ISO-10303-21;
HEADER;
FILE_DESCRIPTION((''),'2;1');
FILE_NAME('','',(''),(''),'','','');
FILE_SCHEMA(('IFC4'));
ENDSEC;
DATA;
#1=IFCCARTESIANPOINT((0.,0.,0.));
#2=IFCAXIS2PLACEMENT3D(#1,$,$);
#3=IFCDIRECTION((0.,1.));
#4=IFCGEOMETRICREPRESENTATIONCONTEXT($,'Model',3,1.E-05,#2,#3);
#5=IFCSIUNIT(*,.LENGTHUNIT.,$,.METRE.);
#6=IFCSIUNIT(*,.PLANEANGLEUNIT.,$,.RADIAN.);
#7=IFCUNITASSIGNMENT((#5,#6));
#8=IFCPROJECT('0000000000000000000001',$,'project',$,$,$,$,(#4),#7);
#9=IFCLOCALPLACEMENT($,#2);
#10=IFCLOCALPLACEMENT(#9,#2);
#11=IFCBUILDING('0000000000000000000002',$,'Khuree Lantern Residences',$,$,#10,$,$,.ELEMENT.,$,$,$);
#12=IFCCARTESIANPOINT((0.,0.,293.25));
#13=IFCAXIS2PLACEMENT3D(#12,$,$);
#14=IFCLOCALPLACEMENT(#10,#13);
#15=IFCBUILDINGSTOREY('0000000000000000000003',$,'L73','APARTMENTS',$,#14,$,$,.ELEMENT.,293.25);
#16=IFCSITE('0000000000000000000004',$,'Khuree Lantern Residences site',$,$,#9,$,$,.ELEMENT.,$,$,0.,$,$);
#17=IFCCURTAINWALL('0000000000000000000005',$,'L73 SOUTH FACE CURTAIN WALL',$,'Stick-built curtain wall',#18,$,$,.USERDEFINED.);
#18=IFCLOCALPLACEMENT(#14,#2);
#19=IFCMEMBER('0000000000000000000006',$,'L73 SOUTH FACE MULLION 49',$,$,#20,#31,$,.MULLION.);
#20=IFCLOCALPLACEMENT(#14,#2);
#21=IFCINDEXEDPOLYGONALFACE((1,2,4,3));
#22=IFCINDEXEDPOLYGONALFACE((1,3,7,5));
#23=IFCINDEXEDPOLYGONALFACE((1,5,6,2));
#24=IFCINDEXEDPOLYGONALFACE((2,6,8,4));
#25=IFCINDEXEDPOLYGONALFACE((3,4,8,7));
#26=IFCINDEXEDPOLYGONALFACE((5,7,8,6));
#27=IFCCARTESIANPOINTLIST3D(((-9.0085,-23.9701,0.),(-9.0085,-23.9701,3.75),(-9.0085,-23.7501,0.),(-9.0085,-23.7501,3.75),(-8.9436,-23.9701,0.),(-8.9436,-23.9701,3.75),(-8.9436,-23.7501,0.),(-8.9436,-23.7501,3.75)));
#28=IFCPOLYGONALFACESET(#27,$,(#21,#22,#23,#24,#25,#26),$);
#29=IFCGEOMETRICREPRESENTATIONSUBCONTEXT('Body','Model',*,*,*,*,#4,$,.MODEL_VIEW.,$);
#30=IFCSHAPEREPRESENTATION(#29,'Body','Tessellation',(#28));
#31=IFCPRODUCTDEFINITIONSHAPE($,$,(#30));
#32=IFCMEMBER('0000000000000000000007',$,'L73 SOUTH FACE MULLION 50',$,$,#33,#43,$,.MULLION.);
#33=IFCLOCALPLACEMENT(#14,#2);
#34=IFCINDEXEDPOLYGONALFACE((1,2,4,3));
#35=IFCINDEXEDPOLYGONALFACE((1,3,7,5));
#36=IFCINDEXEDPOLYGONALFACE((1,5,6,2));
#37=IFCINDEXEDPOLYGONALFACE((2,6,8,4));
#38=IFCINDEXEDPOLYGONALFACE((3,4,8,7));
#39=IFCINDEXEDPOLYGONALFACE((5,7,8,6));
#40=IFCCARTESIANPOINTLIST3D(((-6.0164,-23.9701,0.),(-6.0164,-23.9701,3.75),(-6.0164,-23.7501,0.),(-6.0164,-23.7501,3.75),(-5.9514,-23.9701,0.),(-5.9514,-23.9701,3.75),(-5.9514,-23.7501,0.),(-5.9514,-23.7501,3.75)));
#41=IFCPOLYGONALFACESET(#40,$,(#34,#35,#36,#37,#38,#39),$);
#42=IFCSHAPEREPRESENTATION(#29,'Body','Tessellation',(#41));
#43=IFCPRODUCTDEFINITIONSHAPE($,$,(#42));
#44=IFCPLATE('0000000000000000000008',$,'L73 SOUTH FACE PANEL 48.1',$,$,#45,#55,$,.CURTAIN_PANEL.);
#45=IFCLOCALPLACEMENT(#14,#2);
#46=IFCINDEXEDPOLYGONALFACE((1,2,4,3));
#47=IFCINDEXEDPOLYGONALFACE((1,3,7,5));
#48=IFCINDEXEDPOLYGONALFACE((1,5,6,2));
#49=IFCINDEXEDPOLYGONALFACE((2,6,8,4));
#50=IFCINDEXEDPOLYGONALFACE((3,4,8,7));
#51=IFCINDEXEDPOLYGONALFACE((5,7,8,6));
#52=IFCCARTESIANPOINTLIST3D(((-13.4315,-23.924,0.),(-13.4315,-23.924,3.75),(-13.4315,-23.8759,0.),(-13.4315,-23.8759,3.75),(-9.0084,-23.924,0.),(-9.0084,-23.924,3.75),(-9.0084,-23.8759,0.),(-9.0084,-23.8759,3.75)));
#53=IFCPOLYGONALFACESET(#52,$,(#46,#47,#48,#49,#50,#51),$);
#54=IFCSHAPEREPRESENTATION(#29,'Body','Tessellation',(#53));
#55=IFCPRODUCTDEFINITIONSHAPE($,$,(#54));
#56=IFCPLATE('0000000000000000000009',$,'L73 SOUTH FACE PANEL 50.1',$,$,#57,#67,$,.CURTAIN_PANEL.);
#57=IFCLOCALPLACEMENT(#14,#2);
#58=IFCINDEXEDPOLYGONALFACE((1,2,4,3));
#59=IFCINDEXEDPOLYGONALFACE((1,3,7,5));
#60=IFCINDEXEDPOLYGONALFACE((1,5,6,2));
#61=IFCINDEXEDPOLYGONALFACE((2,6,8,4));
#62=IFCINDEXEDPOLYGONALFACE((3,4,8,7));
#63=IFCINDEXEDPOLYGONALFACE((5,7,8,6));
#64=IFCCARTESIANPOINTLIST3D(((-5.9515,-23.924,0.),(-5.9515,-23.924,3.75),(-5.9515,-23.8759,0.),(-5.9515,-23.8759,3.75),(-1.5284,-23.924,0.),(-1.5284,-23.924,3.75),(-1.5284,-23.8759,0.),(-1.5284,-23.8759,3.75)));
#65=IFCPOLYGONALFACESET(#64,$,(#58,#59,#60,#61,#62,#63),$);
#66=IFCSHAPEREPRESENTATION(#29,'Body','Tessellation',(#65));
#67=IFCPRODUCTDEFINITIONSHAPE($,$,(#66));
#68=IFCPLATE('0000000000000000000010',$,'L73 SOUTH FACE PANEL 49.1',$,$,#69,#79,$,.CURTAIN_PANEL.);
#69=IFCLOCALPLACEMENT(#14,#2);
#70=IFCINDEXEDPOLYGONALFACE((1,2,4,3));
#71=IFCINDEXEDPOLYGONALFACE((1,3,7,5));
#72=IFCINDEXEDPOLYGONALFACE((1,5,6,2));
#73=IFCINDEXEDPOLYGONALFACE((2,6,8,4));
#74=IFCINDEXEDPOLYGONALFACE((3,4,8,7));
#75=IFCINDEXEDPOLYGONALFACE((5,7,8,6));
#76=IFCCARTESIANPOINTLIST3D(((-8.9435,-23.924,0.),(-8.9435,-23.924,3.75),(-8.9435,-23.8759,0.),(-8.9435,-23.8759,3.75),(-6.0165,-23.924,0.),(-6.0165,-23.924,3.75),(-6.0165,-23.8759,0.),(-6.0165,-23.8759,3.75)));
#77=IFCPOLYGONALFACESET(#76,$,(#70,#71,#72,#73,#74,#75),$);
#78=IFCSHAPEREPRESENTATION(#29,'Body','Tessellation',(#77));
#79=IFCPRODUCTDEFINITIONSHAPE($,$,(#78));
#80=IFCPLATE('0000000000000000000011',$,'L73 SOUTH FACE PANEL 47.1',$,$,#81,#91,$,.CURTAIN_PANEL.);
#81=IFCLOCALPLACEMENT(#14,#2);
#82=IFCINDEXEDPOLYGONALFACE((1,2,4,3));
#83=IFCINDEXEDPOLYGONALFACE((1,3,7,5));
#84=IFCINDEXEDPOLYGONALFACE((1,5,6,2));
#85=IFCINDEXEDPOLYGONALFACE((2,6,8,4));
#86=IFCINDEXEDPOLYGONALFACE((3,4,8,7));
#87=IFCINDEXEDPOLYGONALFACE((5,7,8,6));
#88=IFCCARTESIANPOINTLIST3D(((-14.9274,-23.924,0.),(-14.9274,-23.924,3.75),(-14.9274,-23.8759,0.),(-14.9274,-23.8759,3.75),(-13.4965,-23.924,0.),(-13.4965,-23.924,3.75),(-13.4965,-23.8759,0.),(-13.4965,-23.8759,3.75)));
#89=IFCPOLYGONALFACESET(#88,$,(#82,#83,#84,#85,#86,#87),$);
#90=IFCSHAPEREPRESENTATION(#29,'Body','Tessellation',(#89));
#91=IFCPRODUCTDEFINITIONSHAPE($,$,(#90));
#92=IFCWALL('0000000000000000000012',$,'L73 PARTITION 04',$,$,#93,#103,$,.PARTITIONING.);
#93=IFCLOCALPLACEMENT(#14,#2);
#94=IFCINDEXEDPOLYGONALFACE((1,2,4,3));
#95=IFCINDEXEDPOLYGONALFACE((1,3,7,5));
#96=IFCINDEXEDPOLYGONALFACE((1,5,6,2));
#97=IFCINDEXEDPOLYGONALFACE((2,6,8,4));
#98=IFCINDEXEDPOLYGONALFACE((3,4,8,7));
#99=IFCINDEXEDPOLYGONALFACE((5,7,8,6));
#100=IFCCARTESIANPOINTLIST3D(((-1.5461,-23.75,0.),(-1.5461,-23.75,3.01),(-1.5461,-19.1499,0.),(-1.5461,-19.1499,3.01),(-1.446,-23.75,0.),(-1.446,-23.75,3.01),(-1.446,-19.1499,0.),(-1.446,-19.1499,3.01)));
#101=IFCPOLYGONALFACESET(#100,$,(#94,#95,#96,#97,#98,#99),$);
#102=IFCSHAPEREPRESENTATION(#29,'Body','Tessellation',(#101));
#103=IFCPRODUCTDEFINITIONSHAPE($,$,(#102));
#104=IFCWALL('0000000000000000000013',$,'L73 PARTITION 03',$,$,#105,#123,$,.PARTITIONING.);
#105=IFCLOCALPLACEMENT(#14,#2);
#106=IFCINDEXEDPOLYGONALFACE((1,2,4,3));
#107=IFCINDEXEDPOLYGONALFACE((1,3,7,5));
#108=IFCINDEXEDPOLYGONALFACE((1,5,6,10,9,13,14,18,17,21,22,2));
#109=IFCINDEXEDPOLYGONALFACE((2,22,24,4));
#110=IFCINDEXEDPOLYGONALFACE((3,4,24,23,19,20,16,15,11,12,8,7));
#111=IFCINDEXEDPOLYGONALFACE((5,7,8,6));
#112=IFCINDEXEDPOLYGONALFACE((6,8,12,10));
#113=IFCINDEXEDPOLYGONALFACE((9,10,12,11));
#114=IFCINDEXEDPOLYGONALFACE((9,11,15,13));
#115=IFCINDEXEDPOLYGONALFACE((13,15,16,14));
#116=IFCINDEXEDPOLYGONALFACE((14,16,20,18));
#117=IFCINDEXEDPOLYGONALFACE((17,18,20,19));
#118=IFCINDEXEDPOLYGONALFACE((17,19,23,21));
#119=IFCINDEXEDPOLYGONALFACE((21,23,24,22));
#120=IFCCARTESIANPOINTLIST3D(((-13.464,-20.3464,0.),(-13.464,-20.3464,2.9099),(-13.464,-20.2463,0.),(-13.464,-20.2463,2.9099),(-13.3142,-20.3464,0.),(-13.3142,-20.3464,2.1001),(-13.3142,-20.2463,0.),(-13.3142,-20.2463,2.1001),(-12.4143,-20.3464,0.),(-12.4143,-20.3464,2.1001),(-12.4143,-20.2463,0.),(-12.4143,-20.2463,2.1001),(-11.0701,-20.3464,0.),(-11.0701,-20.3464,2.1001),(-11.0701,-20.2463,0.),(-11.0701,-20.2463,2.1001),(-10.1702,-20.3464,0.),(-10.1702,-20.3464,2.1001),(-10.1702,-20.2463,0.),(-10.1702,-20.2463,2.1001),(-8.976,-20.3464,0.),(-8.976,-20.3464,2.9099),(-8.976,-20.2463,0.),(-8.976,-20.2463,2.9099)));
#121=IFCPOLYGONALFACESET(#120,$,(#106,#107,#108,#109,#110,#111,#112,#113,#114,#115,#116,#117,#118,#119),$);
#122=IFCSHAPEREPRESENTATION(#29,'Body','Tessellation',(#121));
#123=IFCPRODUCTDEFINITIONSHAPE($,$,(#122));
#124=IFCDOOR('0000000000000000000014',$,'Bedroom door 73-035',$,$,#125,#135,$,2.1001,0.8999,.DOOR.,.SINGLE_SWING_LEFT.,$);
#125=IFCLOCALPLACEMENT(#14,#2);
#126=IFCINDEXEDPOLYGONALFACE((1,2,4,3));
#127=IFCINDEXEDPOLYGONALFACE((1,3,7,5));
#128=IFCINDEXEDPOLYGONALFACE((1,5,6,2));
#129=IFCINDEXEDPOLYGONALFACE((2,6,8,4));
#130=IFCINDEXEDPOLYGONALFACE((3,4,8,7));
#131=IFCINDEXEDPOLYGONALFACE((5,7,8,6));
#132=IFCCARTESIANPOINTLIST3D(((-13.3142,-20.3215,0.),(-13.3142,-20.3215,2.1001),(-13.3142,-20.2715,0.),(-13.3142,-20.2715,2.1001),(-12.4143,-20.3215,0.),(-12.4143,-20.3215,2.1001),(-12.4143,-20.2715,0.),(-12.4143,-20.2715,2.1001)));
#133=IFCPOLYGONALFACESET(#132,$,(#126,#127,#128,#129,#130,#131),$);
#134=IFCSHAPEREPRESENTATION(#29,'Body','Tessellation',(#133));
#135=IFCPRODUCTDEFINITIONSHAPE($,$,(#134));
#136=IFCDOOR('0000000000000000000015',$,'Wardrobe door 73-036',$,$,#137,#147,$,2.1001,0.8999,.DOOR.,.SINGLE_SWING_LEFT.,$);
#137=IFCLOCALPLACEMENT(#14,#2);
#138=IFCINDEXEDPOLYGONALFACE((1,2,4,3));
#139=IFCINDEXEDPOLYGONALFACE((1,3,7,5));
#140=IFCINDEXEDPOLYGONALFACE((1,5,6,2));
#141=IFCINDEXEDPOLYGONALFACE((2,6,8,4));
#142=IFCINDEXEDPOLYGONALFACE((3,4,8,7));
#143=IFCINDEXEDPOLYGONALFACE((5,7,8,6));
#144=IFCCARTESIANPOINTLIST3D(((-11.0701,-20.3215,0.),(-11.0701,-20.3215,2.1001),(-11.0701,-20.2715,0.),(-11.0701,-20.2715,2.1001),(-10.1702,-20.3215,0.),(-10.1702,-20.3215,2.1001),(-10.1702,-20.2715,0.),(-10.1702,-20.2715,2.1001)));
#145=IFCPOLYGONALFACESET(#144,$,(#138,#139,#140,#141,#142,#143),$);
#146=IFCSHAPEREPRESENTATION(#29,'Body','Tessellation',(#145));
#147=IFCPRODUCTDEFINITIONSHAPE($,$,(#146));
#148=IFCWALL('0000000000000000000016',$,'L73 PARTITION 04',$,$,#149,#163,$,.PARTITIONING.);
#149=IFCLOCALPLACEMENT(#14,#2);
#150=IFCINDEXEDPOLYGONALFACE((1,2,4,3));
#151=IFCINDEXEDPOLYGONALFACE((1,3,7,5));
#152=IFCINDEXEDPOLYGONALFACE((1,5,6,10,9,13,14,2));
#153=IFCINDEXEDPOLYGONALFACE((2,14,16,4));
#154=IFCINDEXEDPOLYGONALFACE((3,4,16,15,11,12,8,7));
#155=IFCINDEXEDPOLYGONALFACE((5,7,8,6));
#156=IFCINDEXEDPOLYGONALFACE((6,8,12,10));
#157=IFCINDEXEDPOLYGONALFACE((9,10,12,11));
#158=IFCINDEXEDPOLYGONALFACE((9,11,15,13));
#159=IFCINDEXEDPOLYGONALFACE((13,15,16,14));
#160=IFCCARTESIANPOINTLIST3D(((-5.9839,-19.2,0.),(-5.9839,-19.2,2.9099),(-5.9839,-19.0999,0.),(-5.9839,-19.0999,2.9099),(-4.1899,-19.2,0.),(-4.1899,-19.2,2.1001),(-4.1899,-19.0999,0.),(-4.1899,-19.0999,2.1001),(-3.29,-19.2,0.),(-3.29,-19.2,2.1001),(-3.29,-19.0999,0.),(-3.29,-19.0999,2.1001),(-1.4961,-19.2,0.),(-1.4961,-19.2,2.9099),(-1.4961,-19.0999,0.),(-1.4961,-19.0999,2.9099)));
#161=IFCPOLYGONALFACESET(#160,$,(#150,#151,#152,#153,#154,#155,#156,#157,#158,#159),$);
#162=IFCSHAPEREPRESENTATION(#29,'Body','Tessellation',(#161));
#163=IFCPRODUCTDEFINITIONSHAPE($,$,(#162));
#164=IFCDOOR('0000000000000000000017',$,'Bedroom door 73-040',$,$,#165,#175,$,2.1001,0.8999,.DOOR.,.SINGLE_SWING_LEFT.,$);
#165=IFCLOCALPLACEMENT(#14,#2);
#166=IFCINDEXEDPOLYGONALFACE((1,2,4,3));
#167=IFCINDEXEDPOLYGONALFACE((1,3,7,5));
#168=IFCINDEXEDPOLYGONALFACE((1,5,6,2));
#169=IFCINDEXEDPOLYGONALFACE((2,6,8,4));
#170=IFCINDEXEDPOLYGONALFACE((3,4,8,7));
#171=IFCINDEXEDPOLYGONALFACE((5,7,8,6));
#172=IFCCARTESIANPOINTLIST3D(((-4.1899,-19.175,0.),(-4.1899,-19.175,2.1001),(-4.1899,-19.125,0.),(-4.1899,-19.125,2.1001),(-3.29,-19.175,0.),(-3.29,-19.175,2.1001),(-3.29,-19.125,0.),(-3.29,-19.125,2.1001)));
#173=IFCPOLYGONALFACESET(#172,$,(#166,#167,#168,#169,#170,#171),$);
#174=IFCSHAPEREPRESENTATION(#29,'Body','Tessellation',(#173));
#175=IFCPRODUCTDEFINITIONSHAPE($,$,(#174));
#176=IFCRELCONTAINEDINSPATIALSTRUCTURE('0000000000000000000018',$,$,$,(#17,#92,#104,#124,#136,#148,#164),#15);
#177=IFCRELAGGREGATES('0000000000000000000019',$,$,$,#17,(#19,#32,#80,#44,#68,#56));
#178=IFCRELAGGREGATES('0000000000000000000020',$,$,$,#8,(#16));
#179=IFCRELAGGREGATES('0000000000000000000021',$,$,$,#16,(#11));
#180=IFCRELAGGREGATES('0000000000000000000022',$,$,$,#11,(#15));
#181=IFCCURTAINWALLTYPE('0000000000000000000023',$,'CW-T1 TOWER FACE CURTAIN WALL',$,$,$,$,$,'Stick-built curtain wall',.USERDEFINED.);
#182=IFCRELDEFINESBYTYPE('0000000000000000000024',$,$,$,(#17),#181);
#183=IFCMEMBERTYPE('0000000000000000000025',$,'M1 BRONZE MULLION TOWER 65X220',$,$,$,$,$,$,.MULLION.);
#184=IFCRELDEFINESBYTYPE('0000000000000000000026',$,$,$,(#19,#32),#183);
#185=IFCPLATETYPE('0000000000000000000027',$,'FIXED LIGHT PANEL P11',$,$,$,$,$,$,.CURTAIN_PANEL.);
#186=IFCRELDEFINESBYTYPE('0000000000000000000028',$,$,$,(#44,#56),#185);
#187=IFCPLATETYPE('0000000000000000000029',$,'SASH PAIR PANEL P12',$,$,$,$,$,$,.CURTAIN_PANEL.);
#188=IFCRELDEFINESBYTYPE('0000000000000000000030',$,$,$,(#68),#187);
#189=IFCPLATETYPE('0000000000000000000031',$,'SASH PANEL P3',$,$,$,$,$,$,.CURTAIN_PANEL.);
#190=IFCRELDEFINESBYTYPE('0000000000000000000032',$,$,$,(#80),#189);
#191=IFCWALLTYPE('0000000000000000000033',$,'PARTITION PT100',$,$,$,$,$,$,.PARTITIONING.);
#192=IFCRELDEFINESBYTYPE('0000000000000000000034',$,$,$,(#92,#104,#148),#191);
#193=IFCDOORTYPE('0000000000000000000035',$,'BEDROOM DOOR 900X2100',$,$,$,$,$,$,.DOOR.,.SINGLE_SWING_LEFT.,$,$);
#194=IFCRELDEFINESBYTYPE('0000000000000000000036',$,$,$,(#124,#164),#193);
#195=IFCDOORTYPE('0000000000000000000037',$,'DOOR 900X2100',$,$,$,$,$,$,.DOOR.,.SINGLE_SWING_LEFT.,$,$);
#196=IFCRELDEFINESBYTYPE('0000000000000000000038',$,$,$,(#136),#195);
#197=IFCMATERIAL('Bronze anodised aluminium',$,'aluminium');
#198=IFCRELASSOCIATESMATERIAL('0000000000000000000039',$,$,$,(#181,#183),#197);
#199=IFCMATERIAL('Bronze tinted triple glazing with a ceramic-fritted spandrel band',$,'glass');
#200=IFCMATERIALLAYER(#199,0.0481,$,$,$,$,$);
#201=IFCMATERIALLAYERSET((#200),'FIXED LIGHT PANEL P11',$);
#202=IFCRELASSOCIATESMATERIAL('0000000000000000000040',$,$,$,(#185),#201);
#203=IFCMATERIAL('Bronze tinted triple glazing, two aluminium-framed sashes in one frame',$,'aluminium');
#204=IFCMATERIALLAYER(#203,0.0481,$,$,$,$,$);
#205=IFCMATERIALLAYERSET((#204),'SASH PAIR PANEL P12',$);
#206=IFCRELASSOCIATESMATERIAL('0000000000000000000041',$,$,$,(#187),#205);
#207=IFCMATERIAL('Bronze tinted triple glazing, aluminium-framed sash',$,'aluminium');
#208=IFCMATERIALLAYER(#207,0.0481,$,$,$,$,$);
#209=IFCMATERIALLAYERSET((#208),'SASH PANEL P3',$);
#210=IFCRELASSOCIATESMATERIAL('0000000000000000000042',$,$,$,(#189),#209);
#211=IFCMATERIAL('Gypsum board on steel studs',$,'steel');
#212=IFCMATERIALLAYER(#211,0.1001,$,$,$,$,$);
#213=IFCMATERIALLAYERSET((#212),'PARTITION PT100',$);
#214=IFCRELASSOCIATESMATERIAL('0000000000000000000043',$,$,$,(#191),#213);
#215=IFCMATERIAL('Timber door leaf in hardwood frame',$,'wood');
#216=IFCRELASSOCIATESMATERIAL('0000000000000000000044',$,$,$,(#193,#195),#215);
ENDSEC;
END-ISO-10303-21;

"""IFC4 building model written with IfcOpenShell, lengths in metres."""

from ifc_helpers import new_model, si_unit, direction, frame, frame_2d, origin, origin_2d, place, context, subcontext, project, spatial, rectangle, extrude, material, layer, layer_set, material_profile, profile_set, type_object, element, fill, aggregate, save


model = new_model("IFC4")

# Units and contexts
model_context = context("Model", 3, precision=1e-05, world=origin(), true_north=direction((0.0, 1.0)))
body_context = subcontext(model_context, "Body", "Model", "MODEL_VIEW")
ifc_project = project(units=[si_unit("LENGTHUNIT", "METRE"), si_unit("PLANEANGLEUNIT", "RADIAN")], contexts=[model_context])

# Site, building, storey
site_placement = place(None, origin())
site = spatial("IfcSite", under=ifc_project, at=site_placement, Name="Khuree Lantern Residences site", CompositionType="ELEMENT", RefElevation=0.0)
building_placement = place(site_placement, origin())
building = spatial("IfcBuilding", under=site, at=building_placement, Name="Khuree Lantern Residences", CompositionType="ELEMENT")
storey_placement = place(building_placement, frame((0.0, 0.0, 293.25)))
storey = spatial("IfcBuildingStorey", under=building, at=storey_placement, Name="L73", Description="APARTMENTS", CompositionType="ELEMENT", Elevation=293.25)

# Curtain wall
ifc_material_1 = material(Name="Bronze anodised aluminium", Category="aluminium")
curtain_wall_type = type_object("IfcCurtainWallType", Name="CW-T1 TOWER FACE CURTAIN WALL", ElementType="Stick-built curtain wall", PredefinedType="USERDEFINED", material=ifc_material_1)
curtain_wall_placement = place(storey_placement, origin())
curtain_wall = element("IfcCurtainWall", 1, at=curtain_wall_placement, inside=storey, type_object=curtain_wall_type, Name="L73 SOUTH FACE CURTAIN WALL", ObjectType="Stick-built curtain wall", PredefinedType="USERDEFINED")

# Members
ifc_material_profile_1 = material_profile(ifc_material_1, rectangle(XDim=0.0649, YDim=0.22, at=origin_2d()), Name="M1 65X220")
ifc_profile_set_1 = profile_set([ifc_material_profile_1], Name="Bronze anodised aluminium")
member_type_1 = type_object("IfcMemberType", Name="M1 BRONZE MULLION TOWER 65X220", PredefinedType="MULLION", material=ifc_profile_set_1)
member_1_placement = place(storey_placement, frame((-8.9761, -23.8601, 0.0), z_axis=(0.0, 0.0, 1.0), x_axis=(1.0, 0.0, 0.0)))
member_1 = element("IfcMember", 2, at=member_1_placement, type_object=member_type_1, Name="L73 SOUTH FACE MULLION 49", PredefinedType="MULLION", context=body_context, shape_type="SweptSolid", body=[
    extrude(rectangle(XDim=0.0649, YDim=0.22, at=origin_2d()), origin(), (0.0, 0.0, 1.0), 3.75),
])
member_2_placement = place(storey_placement, frame((-5.9839, -23.8601, 0.0), z_axis=(0.0, 0.0, 1.0), x_axis=(1.0, 0.0, 0.0)))
member_2 = element("IfcMember", 3, at=member_2_placement, type_object=member_type_1, Name="L73 SOUTH FACE MULLION 50", PredefinedType="MULLION", context=body_context, shape_type="SweptSolid", body=[
    extrude(rectangle(XDim=0.0649, YDim=0.22, at=origin_2d()), origin(), (0.0, 0.0, 1.0), 3.75),
])

# Plates
ifc_material_2 = material(Name="Bronze tinted triple glazing with a ceramic-fritted spandrel band", Category="glass")
ifc_layer_1 = layer(ifc_material_2, 0.0481)
ifc_layer_set_1 = layer_set([ifc_layer_1], Name="FIXED LIGHT PANEL P11")
plate_type_1 = type_object("IfcPlateType", Name="FIXED LIGHT PANEL P11", PredefinedType="CURTAIN_PANEL", material=ifc_layer_set_1)
plate_1_placement = place(storey_placement, frame((-11.22, -23.8999, 0.0), z_axis=(0.0, 0.0, 1.0), x_axis=(1.0, 0.0, 0.0)))
plate_1 = element("IfcPlate", 4, at=plate_1_placement, type_object=plate_type_1, Name="L73 SOUTH FACE PANEL 48.1", PredefinedType="CURTAIN_PANEL", context=body_context, shape_type="SweptSolid", body=[
    extrude(rectangle(XDim=4.4231, YDim=0.0481, at=origin_2d()), origin(), (0.0, 0.0, 1.0), 3.75),
])
plate_2_placement = place(storey_placement, frame((-3.74, -23.8999, 0.0), z_axis=(0.0, 0.0, 1.0), x_axis=(1.0, 0.0, 0.0)))
plate_2 = element("IfcPlate", 5, at=plate_2_placement, type_object=plate_type_1, Name="L73 SOUTH FACE PANEL 50.1", PredefinedType="CURTAIN_PANEL", context=body_context, shape_type="SweptSolid", body=[
    extrude(rectangle(XDim=4.4231, YDim=0.0481, at=origin_2d()), origin(), (0.0, 0.0, 1.0), 3.75),
])
ifc_material_3 = material(Name="Bronze tinted triple glazing, two aluminium-framed sashes in one frame", Category="aluminium")
ifc_layer_2 = layer(ifc_material_3, 0.0481)
ifc_layer_set_2 = layer_set([ifc_layer_2], Name="SASH PAIR PANEL P12")
plate_type_2 = type_object("IfcPlateType", Name="SASH PAIR PANEL P12", PredefinedType="CURTAIN_PANEL", material=ifc_layer_set_2)
plate_3_placement = place(storey_placement, frame((-7.48, -23.8999, 0.0), z_axis=(0.0, 0.0, 1.0), x_axis=(1.0, 0.0, 0.0)))
plate_3 = element("IfcPlate", 6, at=plate_3_placement, type_object=plate_type_2, Name="L73 SOUTH FACE PANEL 49.1", PredefinedType="CURTAIN_PANEL", context=body_context, shape_type="SweptSolid", body=[
    extrude(rectangle(XDim=2.927, YDim=0.0481, at=origin_2d()), origin(), (0.0, 0.0, 1.0), 3.75),
])
ifc_material_4 = material(Name="Bronze tinted triple glazing, aluminium-framed sash", Category="aluminium")
ifc_layer_3 = layer(ifc_material_4, 0.0481)
ifc_layer_set_3 = layer_set([ifc_layer_3], Name="SASH PANEL P3")
plate_type_3 = type_object("IfcPlateType", Name="SASH PANEL P3", PredefinedType="CURTAIN_PANEL", material=ifc_layer_set_3)
plate_4_placement = place(storey_placement, frame((-14.2119, -23.8999, 0.0), z_axis=(0.0, 0.0, 1.0), x_axis=(1.0, 0.0, 0.0)))
plate_4 = element("IfcPlate", 7, at=plate_4_placement, type_object=plate_type_3, Name="L73 SOUTH FACE PANEL 47.1", PredefinedType="CURTAIN_PANEL", context=body_context, shape_type="SweptSolid", body=[
    extrude(rectangle(XDim=1.4309, YDim=0.0481, at=origin_2d()), origin(), (0.0, 0.0, 1.0), 3.75),
])
aggregate(curtain_wall, [member_1, member_2, plate_4, plate_1, plate_3, plate_2])

# Wall
ifc_material_5 = material(Name="Gypsum board on steel studs", Category="steel")
ifc_layer_4 = layer(ifc_material_5, 0.1001)
ifc_layer_set_4 = layer_set([ifc_layer_4], Name="PARTITION PT100")
wall_type = type_object("IfcWallType", Name="PARTITION PT100", PredefinedType="PARTITIONING", material=ifc_layer_set_4)
wall_1_placement = place(storey_placement, frame((-1.4961, -19.1499, 0.0), z_axis=(0.0, 0.0, 1.0), x_axis=(0.0, -1.0, 0.0)))
element("IfcWall", 8, at=wall_1_placement, inside=storey, type_object=wall_type, Name="L73 PARTITION 04", PredefinedType="PARTITIONING", context=body_context, shape_type="SweptSolid", body=[
    extrude(rectangle(XDim=4.6001, YDim=0.1001, at=frame_2d((2.3, 0.0))), origin(), (0.0, 0.0, 1.0), 3.01),
])

# Wall, openings, doors
wall_2_placement = place(storey_placement, frame((-13.4641, -20.2964, 0.0), z_axis=(0.0, 0.0, 1.0), x_axis=(1.0, 0.0, 0.0)))
wall_2 = element("IfcWall", 9, at=wall_2_placement, inside=storey, type_object=wall_type, Name="L73 PARTITION 03", PredefinedType="PARTITIONING", context=body_context, shape_type="SweptSolid", body=[
    extrude(rectangle(XDim=4.488, YDim=0.1001, at=frame_2d((2.2441, 0.0))), origin(), (0.0, 0.0, 1.0), 2.9099),
])
opening_1_placement = place(wall_2_placement, frame((0.1499, 0.0, 0.0)))
opening_1 = element("IfcOpeningElement", 10, at=opening_1_placement, cuts=wall_2, PredefinedType="OPENING", context=body_context, shape_type="SweptSolid", body=[
    extrude(rectangle(XDim=0.8999, YDim=2.1001, at=frame_2d((0.45, 1.05))), frame((0.0, 0.0601, 0.0), z_axis=(0.0, -1.0, 0.0), x_axis=(1.0, 0.0, 0.0)), (0.0, 0.0, 1.0), 0.1201),
])
opening_2_placement = place(wall_2_placement, frame((2.394, 0.0, 0.0)))
opening_2 = element("IfcOpeningElement", 11, at=opening_2_placement, cuts=wall_2, PredefinedType="OPENING", context=body_context, shape_type="SweptSolid", body=[
    extrude(rectangle(XDim=0.8999, YDim=2.1001, at=frame_2d((0.45, 1.05))), frame((0.0, 0.0601, 0.0), z_axis=(0.0, -1.0, 0.0), x_axis=(1.0, 0.0, 0.0)), (0.0, 0.0, 1.0), 0.1201),
])
ifc_material_6 = material(Name="Timber door leaf in hardwood frame", Category="wood")
door_type_1 = type_object("IfcDoorType", Name="BEDROOM DOOR 900X2100", OperationType="SINGLE_SWING_LEFT", PredefinedType="DOOR", material=ifc_material_6)
door_1_placement = place(opening_1_placement, origin())
door_1 = element("IfcDoor", 12, at=door_1_placement, inside=storey, type_object=door_type_1, Name="Bedroom door 73-035", OperationType="SINGLE_SWING_LEFT", OverallHeight=2.1001, OverallWidth=0.8999, PredefinedType="DOOR", context=body_context, shape_type="SweptSolid", body=[
    extrude(rectangle(XDim=0.8999, YDim=2.1001, at=frame_2d((0.45, 1.05))), frame((0.0, 0.0249, 0.0), z_axis=(0.0, -1.0, 0.0), x_axis=(1.0, 0.0, 0.0)), (0.0, 0.0, 1.0), 0.05),
])
fill(opening_1, door_1)
door_type_2 = type_object("IfcDoorType", Name="DOOR 900X2100", OperationType="SINGLE_SWING_LEFT", PredefinedType="DOOR", material=ifc_material_6)
door_2_placement = place(opening_2_placement, origin())
door_2 = element("IfcDoor", 13, at=door_2_placement, inside=storey, type_object=door_type_2, Name="Wardrobe door 73-036", OperationType="SINGLE_SWING_LEFT", OverallHeight=2.1001, OverallWidth=0.8999, PredefinedType="DOOR", context=body_context, shape_type="SweptSolid", body=[
    extrude(rectangle(XDim=0.8999, YDim=2.1001, at=frame_2d((0.45, 1.05))), frame((0.0, 0.0249, 0.0), z_axis=(0.0, -1.0, 0.0), x_axis=(1.0, 0.0, 0.0)), (0.0, 0.0, 1.0), 0.05),
])
fill(opening_2, door_2)

# Wall, opening, door
wall_3_placement = place(storey_placement, frame((-5.9839, -19.1499, 0.0), z_axis=(0.0, 0.0, 1.0), x_axis=(1.0, 0.0, 0.0)))
wall_3 = element("IfcWall", 14, at=wall_3_placement, inside=storey, type_object=wall_type, Name="L73 PARTITION 04", PredefinedType="PARTITIONING", context=body_context, shape_type="SweptSolid", body=[
    extrude(rectangle(XDim=4.4878, YDim=0.1001, at=frame_2d((2.2439, 0.0))), origin(), (0.0, 0.0, 1.0), 2.9099),
])
opening_3_placement = place(wall_3_placement, frame((1.7939, 0.0, 0.0)))
opening_3 = element("IfcOpeningElement", 15, at=opening_3_placement, cuts=wall_3, PredefinedType="OPENING", context=body_context, shape_type="SweptSolid", body=[
    extrude(rectangle(XDim=0.8999, YDim=2.1001, at=frame_2d((0.45, 1.05))), frame((0.0, 0.0601, 0.0), z_axis=(0.0, -1.0, 0.0), x_axis=(1.0, 0.0, 0.0)), (0.0, 0.0, 1.0), 0.1201),
])
door_3_placement = place(opening_3_placement, origin())
door_3 = element("IfcDoor", 16, at=door_3_placement, inside=storey, type_object=door_type_1, Name="Bedroom door 73-040", OperationType="SINGLE_SWING_LEFT", OverallHeight=2.1001, OverallWidth=0.8999, PredefinedType="DOOR", context=body_context, shape_type="SweptSolid", body=[
    extrude(rectangle(XDim=0.8999, YDim=2.1001, at=frame_2d((0.45, 1.05))), frame((0.0, 0.0249, 0.0), z_axis=(0.0, -1.0, 0.0), x_axis=(1.0, 0.0, 0.0)), (0.0, 0.0, 1.0), 0.05),
])
fill(opening_3, door_3)

save(model, "model.ifc")
